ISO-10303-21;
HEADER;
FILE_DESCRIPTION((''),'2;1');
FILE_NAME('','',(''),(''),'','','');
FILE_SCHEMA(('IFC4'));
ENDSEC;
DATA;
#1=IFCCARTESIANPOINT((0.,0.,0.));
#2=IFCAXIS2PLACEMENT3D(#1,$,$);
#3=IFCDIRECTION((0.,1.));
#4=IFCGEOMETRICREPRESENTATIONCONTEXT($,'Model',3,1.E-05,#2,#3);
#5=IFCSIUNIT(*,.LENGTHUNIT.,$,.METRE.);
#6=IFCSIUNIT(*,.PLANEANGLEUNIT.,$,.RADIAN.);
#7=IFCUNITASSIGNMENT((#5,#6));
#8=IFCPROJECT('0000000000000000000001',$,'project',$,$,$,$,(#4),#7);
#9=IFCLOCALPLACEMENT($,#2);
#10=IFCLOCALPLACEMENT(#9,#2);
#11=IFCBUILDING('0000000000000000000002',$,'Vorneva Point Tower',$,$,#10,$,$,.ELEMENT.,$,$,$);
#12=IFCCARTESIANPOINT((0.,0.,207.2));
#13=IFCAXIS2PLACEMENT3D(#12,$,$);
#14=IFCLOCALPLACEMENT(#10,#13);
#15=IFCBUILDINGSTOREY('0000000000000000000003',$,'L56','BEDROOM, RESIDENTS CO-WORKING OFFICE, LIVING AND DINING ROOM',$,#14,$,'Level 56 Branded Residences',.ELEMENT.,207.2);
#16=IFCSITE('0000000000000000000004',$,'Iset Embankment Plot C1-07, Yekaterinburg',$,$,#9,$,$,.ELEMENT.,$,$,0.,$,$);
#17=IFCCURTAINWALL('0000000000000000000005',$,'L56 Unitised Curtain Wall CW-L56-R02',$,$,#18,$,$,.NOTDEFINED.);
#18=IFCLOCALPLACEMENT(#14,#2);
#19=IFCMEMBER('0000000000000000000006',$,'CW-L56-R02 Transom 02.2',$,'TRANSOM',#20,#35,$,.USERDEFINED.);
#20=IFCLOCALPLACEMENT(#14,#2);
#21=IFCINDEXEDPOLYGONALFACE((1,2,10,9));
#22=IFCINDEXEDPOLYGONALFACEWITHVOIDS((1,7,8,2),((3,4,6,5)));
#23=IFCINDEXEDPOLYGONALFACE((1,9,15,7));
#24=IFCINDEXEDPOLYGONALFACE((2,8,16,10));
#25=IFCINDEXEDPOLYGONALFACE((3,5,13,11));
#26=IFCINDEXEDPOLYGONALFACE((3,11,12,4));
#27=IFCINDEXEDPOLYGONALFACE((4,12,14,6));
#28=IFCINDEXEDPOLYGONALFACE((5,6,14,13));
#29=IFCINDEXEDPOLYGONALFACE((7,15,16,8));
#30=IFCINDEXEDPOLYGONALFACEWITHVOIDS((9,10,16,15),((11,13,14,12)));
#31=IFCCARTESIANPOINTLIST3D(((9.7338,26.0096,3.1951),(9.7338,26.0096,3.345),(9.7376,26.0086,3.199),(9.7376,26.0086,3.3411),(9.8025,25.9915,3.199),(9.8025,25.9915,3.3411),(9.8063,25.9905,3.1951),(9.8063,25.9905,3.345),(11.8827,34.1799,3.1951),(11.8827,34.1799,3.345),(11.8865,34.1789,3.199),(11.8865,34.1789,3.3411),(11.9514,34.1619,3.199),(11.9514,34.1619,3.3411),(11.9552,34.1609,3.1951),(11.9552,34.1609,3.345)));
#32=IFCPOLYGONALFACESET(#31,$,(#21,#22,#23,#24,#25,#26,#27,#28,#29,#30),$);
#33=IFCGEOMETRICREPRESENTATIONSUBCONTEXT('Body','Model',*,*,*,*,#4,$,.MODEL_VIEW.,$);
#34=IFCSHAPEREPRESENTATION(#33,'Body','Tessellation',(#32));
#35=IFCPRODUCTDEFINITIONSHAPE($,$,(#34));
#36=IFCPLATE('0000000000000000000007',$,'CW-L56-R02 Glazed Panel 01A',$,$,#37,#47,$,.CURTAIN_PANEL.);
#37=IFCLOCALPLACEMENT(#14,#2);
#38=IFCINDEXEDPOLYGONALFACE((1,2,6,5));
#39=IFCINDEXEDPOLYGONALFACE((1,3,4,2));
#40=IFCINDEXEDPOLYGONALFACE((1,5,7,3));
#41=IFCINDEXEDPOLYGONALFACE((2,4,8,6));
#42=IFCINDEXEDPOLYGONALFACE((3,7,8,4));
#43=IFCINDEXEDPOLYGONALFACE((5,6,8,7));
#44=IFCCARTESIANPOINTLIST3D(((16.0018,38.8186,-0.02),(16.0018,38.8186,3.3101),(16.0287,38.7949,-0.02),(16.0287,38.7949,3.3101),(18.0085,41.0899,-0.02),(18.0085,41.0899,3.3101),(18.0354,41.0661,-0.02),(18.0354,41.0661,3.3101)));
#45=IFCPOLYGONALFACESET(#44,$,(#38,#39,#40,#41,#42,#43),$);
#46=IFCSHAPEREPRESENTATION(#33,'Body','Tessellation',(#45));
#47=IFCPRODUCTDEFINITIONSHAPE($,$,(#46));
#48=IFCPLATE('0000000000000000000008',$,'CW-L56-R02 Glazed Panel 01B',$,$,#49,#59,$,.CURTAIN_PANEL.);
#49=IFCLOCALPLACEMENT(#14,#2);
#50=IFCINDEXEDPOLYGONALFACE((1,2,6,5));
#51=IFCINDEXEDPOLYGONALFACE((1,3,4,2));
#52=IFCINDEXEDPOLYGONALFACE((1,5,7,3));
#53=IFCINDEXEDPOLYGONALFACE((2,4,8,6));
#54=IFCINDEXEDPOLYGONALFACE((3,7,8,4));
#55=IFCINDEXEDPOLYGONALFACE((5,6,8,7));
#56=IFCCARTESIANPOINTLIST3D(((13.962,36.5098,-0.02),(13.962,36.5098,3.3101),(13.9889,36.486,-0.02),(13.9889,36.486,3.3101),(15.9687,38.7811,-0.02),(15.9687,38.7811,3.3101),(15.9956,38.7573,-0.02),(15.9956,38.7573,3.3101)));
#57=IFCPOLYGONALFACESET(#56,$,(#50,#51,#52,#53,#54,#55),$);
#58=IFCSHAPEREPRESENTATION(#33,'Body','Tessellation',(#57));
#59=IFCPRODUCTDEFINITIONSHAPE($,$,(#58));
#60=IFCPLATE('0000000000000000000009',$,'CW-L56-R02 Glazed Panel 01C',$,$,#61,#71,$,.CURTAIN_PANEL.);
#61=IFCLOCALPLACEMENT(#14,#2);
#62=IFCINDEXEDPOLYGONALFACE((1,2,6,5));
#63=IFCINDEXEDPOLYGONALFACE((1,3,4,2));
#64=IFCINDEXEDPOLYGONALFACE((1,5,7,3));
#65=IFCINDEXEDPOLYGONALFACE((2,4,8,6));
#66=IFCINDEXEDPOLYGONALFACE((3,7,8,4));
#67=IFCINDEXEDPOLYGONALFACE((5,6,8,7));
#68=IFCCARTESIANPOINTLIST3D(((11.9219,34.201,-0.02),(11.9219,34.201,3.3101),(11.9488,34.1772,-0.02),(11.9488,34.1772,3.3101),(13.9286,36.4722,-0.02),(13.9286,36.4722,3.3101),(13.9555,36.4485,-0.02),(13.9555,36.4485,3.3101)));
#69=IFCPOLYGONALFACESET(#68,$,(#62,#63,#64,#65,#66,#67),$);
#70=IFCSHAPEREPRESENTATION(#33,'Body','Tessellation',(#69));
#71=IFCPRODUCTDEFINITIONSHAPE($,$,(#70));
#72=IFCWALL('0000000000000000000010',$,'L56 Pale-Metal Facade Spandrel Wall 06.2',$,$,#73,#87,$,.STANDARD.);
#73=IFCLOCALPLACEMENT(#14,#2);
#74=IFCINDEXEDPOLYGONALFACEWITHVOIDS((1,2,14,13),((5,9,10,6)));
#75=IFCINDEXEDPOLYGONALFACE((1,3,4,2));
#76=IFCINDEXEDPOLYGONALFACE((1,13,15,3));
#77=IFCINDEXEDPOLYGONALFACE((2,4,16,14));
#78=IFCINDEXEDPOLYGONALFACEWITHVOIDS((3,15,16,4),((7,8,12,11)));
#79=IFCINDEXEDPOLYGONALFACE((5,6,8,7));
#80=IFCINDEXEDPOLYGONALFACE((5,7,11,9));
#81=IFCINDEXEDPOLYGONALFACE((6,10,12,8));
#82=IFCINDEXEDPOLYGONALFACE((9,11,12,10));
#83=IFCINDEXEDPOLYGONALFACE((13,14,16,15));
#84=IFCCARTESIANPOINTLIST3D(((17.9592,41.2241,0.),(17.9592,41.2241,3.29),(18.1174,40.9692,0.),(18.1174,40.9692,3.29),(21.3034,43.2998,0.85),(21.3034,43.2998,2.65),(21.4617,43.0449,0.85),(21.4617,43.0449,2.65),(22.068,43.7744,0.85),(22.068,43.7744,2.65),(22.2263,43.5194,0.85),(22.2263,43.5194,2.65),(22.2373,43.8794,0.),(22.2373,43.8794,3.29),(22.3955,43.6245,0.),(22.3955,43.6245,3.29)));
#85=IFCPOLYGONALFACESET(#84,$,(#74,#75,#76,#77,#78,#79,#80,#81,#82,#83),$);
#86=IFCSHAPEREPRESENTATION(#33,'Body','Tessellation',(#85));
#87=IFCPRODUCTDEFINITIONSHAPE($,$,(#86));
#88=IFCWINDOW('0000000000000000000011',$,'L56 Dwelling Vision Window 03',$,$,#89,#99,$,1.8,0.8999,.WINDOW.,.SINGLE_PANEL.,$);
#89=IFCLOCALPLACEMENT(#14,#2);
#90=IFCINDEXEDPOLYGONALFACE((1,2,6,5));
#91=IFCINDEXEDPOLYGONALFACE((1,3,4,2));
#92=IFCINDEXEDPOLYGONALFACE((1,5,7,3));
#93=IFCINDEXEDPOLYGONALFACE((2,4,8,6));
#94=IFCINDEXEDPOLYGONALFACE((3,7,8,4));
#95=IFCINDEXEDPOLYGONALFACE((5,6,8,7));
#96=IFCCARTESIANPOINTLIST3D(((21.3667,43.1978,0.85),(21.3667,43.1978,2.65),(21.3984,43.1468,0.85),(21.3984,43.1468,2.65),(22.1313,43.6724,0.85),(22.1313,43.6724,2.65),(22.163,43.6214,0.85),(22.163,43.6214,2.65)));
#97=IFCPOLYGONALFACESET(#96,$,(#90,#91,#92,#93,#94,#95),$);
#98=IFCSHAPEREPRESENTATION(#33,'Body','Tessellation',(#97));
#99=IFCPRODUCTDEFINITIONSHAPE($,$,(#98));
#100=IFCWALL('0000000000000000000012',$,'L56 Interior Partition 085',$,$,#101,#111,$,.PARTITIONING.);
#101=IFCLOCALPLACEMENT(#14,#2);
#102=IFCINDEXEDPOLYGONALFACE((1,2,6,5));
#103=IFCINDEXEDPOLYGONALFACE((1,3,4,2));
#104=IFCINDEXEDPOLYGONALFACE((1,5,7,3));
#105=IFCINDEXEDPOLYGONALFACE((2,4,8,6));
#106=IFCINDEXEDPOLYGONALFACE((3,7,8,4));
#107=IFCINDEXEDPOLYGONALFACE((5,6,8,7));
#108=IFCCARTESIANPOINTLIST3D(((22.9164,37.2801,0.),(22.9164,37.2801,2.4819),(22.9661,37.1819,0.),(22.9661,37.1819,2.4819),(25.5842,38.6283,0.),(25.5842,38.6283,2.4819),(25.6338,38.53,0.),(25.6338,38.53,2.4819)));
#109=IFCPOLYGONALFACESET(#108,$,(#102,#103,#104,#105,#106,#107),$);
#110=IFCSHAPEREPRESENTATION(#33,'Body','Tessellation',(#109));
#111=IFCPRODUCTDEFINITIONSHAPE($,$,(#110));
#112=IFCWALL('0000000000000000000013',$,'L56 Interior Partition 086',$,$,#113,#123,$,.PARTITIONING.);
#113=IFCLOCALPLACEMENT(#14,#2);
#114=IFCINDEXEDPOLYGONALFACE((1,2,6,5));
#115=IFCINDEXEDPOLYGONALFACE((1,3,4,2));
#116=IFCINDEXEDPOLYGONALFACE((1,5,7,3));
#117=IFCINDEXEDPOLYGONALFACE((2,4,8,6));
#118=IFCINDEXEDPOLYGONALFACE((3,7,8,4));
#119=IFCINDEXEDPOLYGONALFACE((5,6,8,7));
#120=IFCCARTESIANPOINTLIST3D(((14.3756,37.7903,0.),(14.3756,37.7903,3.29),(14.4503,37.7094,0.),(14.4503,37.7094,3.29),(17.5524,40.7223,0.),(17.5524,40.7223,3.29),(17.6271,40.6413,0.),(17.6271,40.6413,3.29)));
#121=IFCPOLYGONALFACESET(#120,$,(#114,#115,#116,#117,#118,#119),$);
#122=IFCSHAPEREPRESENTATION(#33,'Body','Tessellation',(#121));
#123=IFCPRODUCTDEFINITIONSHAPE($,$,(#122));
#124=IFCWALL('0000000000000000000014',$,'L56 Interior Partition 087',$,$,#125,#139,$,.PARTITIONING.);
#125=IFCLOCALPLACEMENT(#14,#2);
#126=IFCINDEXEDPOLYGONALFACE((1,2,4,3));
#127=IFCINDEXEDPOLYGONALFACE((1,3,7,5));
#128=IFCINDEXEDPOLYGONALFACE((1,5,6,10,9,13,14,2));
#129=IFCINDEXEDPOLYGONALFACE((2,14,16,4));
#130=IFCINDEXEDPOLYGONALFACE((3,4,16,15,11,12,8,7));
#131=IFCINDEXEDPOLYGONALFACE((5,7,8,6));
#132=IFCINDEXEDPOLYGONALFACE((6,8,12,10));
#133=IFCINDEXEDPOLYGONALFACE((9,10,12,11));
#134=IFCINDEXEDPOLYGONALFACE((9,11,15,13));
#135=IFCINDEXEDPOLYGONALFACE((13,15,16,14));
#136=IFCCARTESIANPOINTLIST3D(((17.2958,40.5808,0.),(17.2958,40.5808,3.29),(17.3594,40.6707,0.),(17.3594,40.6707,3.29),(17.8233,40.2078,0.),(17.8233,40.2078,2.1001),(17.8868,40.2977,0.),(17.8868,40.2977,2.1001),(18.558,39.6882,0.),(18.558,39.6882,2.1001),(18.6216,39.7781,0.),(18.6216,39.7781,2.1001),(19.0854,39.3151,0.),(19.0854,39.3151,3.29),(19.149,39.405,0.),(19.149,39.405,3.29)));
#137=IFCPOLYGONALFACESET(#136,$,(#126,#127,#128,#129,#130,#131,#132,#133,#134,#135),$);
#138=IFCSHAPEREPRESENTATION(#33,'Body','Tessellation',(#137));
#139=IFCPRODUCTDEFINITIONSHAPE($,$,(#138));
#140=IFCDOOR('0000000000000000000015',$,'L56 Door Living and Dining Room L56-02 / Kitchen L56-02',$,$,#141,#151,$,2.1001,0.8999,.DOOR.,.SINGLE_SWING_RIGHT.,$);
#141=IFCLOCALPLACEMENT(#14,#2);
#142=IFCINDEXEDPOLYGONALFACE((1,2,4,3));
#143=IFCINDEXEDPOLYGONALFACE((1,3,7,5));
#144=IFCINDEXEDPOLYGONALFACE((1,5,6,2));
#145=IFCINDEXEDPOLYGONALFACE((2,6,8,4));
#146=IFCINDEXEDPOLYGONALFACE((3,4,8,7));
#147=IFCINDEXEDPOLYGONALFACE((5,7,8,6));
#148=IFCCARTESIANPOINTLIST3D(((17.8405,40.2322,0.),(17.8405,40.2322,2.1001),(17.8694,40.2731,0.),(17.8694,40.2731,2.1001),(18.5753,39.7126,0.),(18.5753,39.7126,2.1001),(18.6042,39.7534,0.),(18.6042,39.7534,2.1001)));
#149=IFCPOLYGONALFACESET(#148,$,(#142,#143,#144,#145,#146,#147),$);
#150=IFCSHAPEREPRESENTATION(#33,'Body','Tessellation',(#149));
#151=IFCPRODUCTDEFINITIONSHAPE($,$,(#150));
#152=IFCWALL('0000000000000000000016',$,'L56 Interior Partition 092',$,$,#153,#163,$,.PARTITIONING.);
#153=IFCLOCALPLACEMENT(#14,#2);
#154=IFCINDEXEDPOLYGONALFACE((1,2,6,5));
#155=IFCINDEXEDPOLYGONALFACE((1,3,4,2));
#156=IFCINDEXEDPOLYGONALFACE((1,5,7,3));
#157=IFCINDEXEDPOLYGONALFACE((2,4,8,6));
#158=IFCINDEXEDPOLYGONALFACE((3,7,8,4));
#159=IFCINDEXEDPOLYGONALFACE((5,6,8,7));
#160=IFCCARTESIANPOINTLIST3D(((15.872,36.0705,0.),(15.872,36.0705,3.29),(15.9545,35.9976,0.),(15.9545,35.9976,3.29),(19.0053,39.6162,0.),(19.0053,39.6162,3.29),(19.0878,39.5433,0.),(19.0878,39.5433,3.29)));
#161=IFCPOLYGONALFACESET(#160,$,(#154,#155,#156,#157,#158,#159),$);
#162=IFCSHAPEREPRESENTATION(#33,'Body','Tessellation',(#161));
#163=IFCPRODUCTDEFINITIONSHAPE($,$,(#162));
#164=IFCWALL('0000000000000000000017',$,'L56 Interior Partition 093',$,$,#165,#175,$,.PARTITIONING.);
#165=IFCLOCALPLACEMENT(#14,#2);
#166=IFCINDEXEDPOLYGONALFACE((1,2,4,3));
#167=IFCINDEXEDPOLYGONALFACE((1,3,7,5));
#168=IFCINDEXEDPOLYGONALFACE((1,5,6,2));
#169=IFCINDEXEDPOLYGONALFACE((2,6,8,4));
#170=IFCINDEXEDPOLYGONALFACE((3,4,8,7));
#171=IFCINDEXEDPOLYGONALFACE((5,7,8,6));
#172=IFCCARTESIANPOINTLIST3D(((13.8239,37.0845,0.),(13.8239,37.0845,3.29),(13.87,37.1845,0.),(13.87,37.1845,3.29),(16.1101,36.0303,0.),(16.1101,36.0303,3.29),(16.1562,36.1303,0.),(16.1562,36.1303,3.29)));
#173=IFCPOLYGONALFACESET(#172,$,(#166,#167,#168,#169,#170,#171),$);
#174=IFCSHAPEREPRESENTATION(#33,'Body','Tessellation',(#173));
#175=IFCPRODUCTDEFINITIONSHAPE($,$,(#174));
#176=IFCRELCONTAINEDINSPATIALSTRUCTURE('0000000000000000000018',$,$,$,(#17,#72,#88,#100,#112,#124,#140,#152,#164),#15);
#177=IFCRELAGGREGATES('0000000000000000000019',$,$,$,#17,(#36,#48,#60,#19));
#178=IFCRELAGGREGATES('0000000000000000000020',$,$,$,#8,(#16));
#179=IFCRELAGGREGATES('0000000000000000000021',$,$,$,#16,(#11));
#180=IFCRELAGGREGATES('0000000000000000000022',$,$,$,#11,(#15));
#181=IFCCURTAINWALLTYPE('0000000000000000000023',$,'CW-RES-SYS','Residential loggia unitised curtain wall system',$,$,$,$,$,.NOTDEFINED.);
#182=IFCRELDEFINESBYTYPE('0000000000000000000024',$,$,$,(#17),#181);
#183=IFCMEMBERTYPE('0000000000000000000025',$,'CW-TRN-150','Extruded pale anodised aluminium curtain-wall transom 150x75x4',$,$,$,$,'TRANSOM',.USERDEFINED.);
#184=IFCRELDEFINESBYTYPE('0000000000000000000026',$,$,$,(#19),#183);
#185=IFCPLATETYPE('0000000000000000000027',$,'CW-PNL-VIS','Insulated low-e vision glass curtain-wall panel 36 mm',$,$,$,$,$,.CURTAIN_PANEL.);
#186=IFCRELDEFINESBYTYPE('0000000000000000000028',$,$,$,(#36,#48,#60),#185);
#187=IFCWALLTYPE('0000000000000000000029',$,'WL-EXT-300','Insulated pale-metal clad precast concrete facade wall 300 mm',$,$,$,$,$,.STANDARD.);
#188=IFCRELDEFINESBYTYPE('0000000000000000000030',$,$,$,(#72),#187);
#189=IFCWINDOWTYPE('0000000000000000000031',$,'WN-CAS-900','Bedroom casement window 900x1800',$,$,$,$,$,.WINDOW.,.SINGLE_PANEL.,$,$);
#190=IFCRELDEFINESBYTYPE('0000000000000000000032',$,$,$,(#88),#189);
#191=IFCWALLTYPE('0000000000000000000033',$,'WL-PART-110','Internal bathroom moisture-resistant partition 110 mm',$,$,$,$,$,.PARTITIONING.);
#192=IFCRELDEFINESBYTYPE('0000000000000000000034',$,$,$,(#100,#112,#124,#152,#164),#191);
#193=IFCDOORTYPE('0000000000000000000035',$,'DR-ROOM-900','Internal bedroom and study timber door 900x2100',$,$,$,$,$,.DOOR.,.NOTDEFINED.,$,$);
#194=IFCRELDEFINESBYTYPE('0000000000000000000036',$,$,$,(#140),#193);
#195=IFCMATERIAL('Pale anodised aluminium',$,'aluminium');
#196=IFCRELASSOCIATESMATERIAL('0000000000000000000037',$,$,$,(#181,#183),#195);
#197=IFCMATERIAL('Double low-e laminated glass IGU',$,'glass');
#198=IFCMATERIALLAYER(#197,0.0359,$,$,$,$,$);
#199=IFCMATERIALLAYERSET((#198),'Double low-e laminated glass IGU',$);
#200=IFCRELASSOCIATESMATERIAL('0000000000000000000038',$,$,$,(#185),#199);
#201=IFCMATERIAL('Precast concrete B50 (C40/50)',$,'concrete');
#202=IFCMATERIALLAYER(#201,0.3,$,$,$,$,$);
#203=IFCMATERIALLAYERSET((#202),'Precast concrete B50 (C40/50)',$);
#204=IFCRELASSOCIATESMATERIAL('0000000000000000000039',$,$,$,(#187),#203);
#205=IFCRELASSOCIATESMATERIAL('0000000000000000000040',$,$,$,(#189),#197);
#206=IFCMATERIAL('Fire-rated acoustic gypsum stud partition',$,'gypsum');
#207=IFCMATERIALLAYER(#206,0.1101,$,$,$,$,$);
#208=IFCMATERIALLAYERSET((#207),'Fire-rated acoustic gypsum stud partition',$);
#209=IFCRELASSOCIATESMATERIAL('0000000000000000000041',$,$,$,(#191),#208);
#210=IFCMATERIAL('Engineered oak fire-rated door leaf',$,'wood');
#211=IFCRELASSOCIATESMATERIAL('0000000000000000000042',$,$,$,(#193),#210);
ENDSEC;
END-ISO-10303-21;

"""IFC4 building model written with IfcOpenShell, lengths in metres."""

from ifc_helpers import new_model, si_unit, direction, frame, frame_2d, origin, origin_2d, place, context, subcontext, project, spatial, rectangle, hollow_rectangle, extrude, material, layer, layer_set, material_profile, profile_set, type_object, element, fill, aggregate, save


model = new_model("IFC4")

# Units and contexts
model_context = context("Model", 3, precision=1e-05, world=origin(), true_north=direction((0.0, 1.0)))
body_context = subcontext(model_context, "Body", "Model", "MODEL_VIEW")
ifc_project = project(units=[si_unit("LENGTHUNIT", "METRE"), si_unit("PLANEANGLEUNIT", "RADIAN")], contexts=[model_context])

# Site, building, storey
site_placement = place(None, origin())
site = spatial("IfcSite", under=ifc_project, at=site_placement, Name="Iset Embankment Plot C1-07, Yekaterinburg", CompositionType="ELEMENT", RefElevation=0.0)
building_placement = place(site_placement, origin())
building = spatial("IfcBuilding", under=site, at=building_placement, Name="Vorneva Point Tower", CompositionType="ELEMENT")
storey_placement = place(building_placement, frame((0.0, 0.0, 207.2)))
storey = spatial("IfcBuildingStorey", under=building, at=storey_placement, Name="L56", Description="BEDROOM, RESIDENTS CO-WORKING OFFICE, LIVING AND DINING ROOM", LongName="Level 56 Branded Residences", CompositionType="ELEMENT", Elevation=207.2)

# Curtain wall, member, plates
ifc_material_1 = material(Name="Pale anodised aluminium", Category="aluminium")
curtain_wall_type = type_object("IfcCurtainWallType", Name="CW-RES-SYS", Description="Residential loggia unitised curtain wall system", PredefinedType="NOTDEFINED", material=ifc_material_1)
curtain_wall_placement = place(storey_placement, origin())
curtain_wall = element("IfcCurtainWall", 1, at=curtain_wall_placement, inside=storey, type_object=curtain_wall_type, Name="L56 Unitised Curtain Wall CW-L56-R02", PredefinedType="NOTDEFINED")
ifc_material_profile_1 = material_profile(ifc_material_1, hollow_rectangle(XDim=0.075, YDim=0.1499, WallThickness=0.0039, at=origin_2d()), Name="AL-TRN 150x75x4")
ifc_profile_set_1 = profile_set([ifc_material_profile_1], Name="Pale anodised aluminium")
member_type_1 = type_object("IfcMemberType", Name="CW-TRN-150", Description="Extruded pale anodised aluminium curtain-wall transom 150x75x4", ElementType="TRANSOM", PredefinedType="USERDEFINED", material=ifc_profile_set_1)
member_1_placement = place(storey_placement, frame((11.9189, 34.1704, 3.27), z_axis=(-0.254362, -0.967109, 0.0), x_axis=(0.967109, -0.254362, 0.0)))
member_1 = element("IfcMember", 2, at=member_1_placement, type_object=member_type_1, Name="CW-L56-R02 Transom 02.2", ObjectType="TRANSOM", PredefinedType="USERDEFINED", context=body_context, shape_type="SweptSolid", body=[
    extrude(hollow_rectangle(XDim=0.075, YDim=0.1499, WallThickness=0.0039, at=origin_2d()), origin(), (0.0, 0.0, 1.0), 8.4482),
])
ifc_material_2 = material(Name="Double low-e laminated glass IGU", Category="glass")
ifc_layer_1 = layer(ifc_material_2, 0.0359)
ifc_layer_set_1 = layer_set([ifc_layer_1], Name="Double low-e laminated glass IGU")
plate_type = type_object("IfcPlateType", Name="CW-PNL-VIS", Description="Insulated low-e vision glass curtain-wall panel 36 mm", PredefinedType="CURTAIN_PANEL", material=ifc_layer_set_1)
plate_1_placement = place(storey_placement, frame((17.0186, 39.9424, -0.02), z_axis=(0.0, 0.0, 1.0), x_axis=(-0.66211, -0.749407, 0.0)))
plate_1 = element("IfcPlate", 3, at=plate_1_placement, type_object=plate_type, Name="CW-L56-R02 Glazed Panel 01A", PredefinedType="CURTAIN_PANEL", context=body_context, shape_type="SweptSolid", body=[
    extrude(rectangle(XDim=3.0308, YDim=0.0359, at=origin_2d()), origin(), (0.0, 0.0, 1.0), 3.3301),
])
plate_2_placement = place(storey_placement, frame((14.9788, 37.6335, -0.02), z_axis=(0.0, 0.0, 1.0), x_axis=(-0.66211, -0.749407, 0.0)))
plate_2 = element("IfcPlate", 4, at=plate_2_placement, type_object=plate_type, Name="CW-L56-R02 Glazed Panel 01B", PredefinedType="CURTAIN_PANEL", context=body_context, shape_type="SweptSolid", body=[
    extrude(rectangle(XDim=3.0308, YDim=0.0359, at=origin_2d()), origin(), (0.0, 0.0, 1.0), 3.3301),
])
plate_3_placement = place(storey_placement, frame((12.9387, 35.3247, -0.02), z_axis=(0.0, 0.0, 1.0), x_axis=(-0.66211, -0.749407, 0.0)))
plate_3 = element("IfcPlate", 5, at=plate_3_placement, type_object=plate_type, Name="CW-L56-R02 Glazed Panel 01C", PredefinedType="CURTAIN_PANEL", context=body_context, shape_type="SweptSolid", body=[
    extrude(rectangle(XDim=3.0308, YDim=0.0359, at=origin_2d()), origin(), (0.0, 0.0, 1.0), 3.3301),
])
aggregate(curtain_wall, [plate_1, plate_2, plate_3, member_1])

# Wall, opening, window
ifc_material_3 = material(Name="Precast concrete B50 (C40/50)", Category="concrete")
ifc_layer_2 = layer(ifc_material_3, 0.3)
ifc_layer_set_2 = layer_set([ifc_layer_2], Name="Precast concrete B50 (C40/50)")
wall_type_1 = type_object("IfcWallType", Name="WL-EXT-300", Description="Insulated pale-metal clad precast concrete facade wall 300 mm", PredefinedType="STANDARD", material=ifc_layer_set_2)
wall_1_placement = place(storey_placement, frame((22.3164, 43.752, 0.0), z_axis=(0.0, 0.0, 1.0), x_axis=(-0.849648, -0.527351, 0.0)))
wall_1 = element("IfcWall", 6, at=wall_1_placement, inside=storey, type_object=wall_type_1, Name="L56 Pale-Metal Facade Spandrel Wall 06.2", PredefinedType="STANDARD", context=body_context, shape_type="SweptSolid", body=[
    extrude(rectangle(XDim=5.0352, YDim=0.3, at=frame_2d((2.5176, 0.0))), origin(), (0.0, 0.0, 1.0), 3.29),
])
opening_1_placement = place(wall_1_placement, frame((0.1992, 0.0, 0.8501)))
opening_1 = element("IfcOpeningElement", 7, at=opening_1_placement, cuts=wall_1, PredefinedType="OPENING", context=body_context, shape_type="SweptSolid", body=[
    extrude(rectangle(XDim=0.8999, YDim=1.8, at=frame_2d((0.45, 0.8999))), frame((0.0, 0.165, 0.0), z_axis=(0.0, -1.0, 0.0), x_axis=(1.0, 0.0, 0.0)), (0.0, 0.0, 1.0), 0.3298),
])
window_type = type_object("IfcWindowType", Name="WN-CAS-900", Description="Bedroom casement window 900x1800", PartitioningType="SINGLE_PANEL", PredefinedType="WINDOW", material=ifc_material_2)
window_placement = place(opening_1_placement, origin())
window = element("IfcWindow", 8, at=window_placement, inside=storey, type_object=window_type, Name="L56 Dwelling Vision Window 03", OverallHeight=1.8, OverallWidth=0.8999, PartitioningType="SINGLE_PANEL", PredefinedType="WINDOW", context=body_context, shape_type="SweptSolid", body=[
    extrude(rectangle(XDim=0.8999, YDim=1.8, at=frame_2d((0.45, 0.8999))), frame((0.0, 0.03, 0.0), z_axis=(0.0, -1.0, 0.0), x_axis=(1.0, 0.0, 0.0)), (0.0, 0.0, 1.0), 0.0601),
])
fill(opening_1, window)

# Walls
ifc_material_4 = material(Name="Fire-rated acoustic gypsum stud partition", Category="gypsum")
ifc_layer_3 = layer(ifc_material_4, 0.1101)
ifc_layer_set_3 = layer_set([ifc_layer_3], Name="Fire-rated acoustic gypsum stud partition")
wall_type_2 = type_object("IfcWallType", Name="WL-PART-110", Description="Internal bathroom moisture-resistant partition 110 mm", PredefinedType="PARTITIONING", material=ifc_layer_set_3)
wall_2_placement = place(storey_placement, frame((22.9412, 37.231, 0.0), z_axis=(0.0, 0.0, 1.0), x_axis=(0.892508, 0.451032, 0.0)))
element("IfcWall", 9, at=wall_2_placement, inside=storey, type_object=wall_type_2, Name="L56 Interior Partition 085", PredefinedType="PARTITIONING", context=body_context, shape_type="SweptSolid", body=[
    extrude(rectangle(XDim=2.989, YDim=0.1101, at=frame_2d((1.4946, 0.0))), origin(), (0.0, 0.0, 1.0), 2.4819),
])
wall_3_placement = place(storey_placement, frame((17.5898, 40.6819, 0.0), z_axis=(0.0, 0.0, 1.0), x_axis=(-0.734862, -0.678217, 0.0)))
element("IfcWall", 10, at=wall_3_placement, inside=storey, type_object=wall_type_2, Name="L56 Interior Partition 086", PredefinedType="PARTITIONING", context=body_context, shape_type="SweptSolid", body=[
    extrude(rectangle(XDim=4.323, YDim=0.1101, at=frame_2d((2.1616, 0.0))), origin(), (0.0, 0.0, 1.0), 3.29),
])

# Wall, opening, door
wall_4_placement = place(storey_placement, frame((17.3276, 40.6257, 0.0), z_axis=(0.0, 0.0, 1.0), x_axis=(0.816449, -0.577418, 0.0)))
wall_4 = element("IfcWall", 11, at=wall_4_placement, inside=storey, type_object=wall_type_2, Name="L56 Interior Partition 087", PredefinedType="PARTITIONING", context=body_context, shape_type="SweptSolid", body=[
    extrude(rectangle(XDim=2.1919, YDim=0.1101, at=frame_2d((1.0959, 0.0))), origin(), (0.0, 0.0, 1.0), 3.29),
])
opening_2_placement = place(wall_4_placement, frame((0.646, 0.0, 0.0)))
opening_2 = element("IfcOpeningElement", 12, at=opening_2_placement, cuts=wall_4, PredefinedType="OPENING", context=body_context, shape_type="SweptSolid", body=[
    extrude(rectangle(XDim=0.8999, YDim=2.1001, at=frame_2d((0.45, 1.05))), frame((0.0, 0.0698, 0.0), z_axis=(0.0, -1.0, 0.0), x_axis=(1.0, 0.0, 0.0)), (0.0, 0.0, 1.0), 0.1399),
])
ifc_material_5 = material(Name="Engineered oak fire-rated door leaf", Category="wood")
door_type_1 = type_object("IfcDoorType", Name="DR-ROOM-900", Description="Internal bedroom and study timber door 900x2100", OperationType="NOTDEFINED", PredefinedType="DOOR", material=ifc_material_5)
door_1_placement = place(opening_2_placement, origin())
door_1 = element("IfcDoor", 13, at=door_1_placement, inside=storey, type_object=door_type_1, Name="L56 Door Living and Dining Room L56-02 / Kitchen L56-02", OperationType="SINGLE_SWING_RIGHT", OverallHeight=2.1001, OverallWidth=0.8999, PredefinedType="DOOR", context=body_context, shape_type="SweptSolid", body=[
    extrude(rectangle(XDim=0.8999, YDim=2.1001, at=frame_2d((0.45, 1.05))), frame((0.0, 0.0249, 0.0), z_axis=(0.0, -1.0, 0.0), x_axis=(1.0, 0.0, 0.0)), (0.0, 0.0, 1.0), 0.05),
])
fill(opening_2, door_1)

# Walls
wall_5_placement = place(storey_placement, frame((15.9133, 36.0342, 0.0), z_axis=(0.0, 0.0, 1.0), x_axis=(0.66219, 0.749336, 0.0)))
element("IfcWall", 14, at=wall_5_placement, inside=storey, type_object=wall_type_2, Name="L56 Interior Partition 092", PredefinedType="PARTITIONING", context=body_context, shape_type="SweptSolid", body=[
    extrude(rectangle(XDim=4.7317, YDim=0.1101, at=frame_2d((2.3657, 0.0))), origin(), (0.0, 0.0, 1.0), 3.29),
])
wall_6_placement = place(storey_placement, frame((13.8469, 37.1345, 0.0), z_axis=(0.0, 0.0, 1.0), x_axis=(0.908101, -0.418751, 0.0)))
element("IfcWall", 15, at=wall_6_placement, inside=storey, type_object=wall_type_2, Name="L56 Interior Partition 093", PredefinedType="PARTITIONING", context=body_context, shape_type="SweptSolid", body=[
    extrude(rectangle(XDim=2.5176, YDim=0.1101, at=frame_2d((1.2588, 0.0))), origin(), (0.0, 0.0, 1.0), 3.29),
])

save(model, "model.ifc")
